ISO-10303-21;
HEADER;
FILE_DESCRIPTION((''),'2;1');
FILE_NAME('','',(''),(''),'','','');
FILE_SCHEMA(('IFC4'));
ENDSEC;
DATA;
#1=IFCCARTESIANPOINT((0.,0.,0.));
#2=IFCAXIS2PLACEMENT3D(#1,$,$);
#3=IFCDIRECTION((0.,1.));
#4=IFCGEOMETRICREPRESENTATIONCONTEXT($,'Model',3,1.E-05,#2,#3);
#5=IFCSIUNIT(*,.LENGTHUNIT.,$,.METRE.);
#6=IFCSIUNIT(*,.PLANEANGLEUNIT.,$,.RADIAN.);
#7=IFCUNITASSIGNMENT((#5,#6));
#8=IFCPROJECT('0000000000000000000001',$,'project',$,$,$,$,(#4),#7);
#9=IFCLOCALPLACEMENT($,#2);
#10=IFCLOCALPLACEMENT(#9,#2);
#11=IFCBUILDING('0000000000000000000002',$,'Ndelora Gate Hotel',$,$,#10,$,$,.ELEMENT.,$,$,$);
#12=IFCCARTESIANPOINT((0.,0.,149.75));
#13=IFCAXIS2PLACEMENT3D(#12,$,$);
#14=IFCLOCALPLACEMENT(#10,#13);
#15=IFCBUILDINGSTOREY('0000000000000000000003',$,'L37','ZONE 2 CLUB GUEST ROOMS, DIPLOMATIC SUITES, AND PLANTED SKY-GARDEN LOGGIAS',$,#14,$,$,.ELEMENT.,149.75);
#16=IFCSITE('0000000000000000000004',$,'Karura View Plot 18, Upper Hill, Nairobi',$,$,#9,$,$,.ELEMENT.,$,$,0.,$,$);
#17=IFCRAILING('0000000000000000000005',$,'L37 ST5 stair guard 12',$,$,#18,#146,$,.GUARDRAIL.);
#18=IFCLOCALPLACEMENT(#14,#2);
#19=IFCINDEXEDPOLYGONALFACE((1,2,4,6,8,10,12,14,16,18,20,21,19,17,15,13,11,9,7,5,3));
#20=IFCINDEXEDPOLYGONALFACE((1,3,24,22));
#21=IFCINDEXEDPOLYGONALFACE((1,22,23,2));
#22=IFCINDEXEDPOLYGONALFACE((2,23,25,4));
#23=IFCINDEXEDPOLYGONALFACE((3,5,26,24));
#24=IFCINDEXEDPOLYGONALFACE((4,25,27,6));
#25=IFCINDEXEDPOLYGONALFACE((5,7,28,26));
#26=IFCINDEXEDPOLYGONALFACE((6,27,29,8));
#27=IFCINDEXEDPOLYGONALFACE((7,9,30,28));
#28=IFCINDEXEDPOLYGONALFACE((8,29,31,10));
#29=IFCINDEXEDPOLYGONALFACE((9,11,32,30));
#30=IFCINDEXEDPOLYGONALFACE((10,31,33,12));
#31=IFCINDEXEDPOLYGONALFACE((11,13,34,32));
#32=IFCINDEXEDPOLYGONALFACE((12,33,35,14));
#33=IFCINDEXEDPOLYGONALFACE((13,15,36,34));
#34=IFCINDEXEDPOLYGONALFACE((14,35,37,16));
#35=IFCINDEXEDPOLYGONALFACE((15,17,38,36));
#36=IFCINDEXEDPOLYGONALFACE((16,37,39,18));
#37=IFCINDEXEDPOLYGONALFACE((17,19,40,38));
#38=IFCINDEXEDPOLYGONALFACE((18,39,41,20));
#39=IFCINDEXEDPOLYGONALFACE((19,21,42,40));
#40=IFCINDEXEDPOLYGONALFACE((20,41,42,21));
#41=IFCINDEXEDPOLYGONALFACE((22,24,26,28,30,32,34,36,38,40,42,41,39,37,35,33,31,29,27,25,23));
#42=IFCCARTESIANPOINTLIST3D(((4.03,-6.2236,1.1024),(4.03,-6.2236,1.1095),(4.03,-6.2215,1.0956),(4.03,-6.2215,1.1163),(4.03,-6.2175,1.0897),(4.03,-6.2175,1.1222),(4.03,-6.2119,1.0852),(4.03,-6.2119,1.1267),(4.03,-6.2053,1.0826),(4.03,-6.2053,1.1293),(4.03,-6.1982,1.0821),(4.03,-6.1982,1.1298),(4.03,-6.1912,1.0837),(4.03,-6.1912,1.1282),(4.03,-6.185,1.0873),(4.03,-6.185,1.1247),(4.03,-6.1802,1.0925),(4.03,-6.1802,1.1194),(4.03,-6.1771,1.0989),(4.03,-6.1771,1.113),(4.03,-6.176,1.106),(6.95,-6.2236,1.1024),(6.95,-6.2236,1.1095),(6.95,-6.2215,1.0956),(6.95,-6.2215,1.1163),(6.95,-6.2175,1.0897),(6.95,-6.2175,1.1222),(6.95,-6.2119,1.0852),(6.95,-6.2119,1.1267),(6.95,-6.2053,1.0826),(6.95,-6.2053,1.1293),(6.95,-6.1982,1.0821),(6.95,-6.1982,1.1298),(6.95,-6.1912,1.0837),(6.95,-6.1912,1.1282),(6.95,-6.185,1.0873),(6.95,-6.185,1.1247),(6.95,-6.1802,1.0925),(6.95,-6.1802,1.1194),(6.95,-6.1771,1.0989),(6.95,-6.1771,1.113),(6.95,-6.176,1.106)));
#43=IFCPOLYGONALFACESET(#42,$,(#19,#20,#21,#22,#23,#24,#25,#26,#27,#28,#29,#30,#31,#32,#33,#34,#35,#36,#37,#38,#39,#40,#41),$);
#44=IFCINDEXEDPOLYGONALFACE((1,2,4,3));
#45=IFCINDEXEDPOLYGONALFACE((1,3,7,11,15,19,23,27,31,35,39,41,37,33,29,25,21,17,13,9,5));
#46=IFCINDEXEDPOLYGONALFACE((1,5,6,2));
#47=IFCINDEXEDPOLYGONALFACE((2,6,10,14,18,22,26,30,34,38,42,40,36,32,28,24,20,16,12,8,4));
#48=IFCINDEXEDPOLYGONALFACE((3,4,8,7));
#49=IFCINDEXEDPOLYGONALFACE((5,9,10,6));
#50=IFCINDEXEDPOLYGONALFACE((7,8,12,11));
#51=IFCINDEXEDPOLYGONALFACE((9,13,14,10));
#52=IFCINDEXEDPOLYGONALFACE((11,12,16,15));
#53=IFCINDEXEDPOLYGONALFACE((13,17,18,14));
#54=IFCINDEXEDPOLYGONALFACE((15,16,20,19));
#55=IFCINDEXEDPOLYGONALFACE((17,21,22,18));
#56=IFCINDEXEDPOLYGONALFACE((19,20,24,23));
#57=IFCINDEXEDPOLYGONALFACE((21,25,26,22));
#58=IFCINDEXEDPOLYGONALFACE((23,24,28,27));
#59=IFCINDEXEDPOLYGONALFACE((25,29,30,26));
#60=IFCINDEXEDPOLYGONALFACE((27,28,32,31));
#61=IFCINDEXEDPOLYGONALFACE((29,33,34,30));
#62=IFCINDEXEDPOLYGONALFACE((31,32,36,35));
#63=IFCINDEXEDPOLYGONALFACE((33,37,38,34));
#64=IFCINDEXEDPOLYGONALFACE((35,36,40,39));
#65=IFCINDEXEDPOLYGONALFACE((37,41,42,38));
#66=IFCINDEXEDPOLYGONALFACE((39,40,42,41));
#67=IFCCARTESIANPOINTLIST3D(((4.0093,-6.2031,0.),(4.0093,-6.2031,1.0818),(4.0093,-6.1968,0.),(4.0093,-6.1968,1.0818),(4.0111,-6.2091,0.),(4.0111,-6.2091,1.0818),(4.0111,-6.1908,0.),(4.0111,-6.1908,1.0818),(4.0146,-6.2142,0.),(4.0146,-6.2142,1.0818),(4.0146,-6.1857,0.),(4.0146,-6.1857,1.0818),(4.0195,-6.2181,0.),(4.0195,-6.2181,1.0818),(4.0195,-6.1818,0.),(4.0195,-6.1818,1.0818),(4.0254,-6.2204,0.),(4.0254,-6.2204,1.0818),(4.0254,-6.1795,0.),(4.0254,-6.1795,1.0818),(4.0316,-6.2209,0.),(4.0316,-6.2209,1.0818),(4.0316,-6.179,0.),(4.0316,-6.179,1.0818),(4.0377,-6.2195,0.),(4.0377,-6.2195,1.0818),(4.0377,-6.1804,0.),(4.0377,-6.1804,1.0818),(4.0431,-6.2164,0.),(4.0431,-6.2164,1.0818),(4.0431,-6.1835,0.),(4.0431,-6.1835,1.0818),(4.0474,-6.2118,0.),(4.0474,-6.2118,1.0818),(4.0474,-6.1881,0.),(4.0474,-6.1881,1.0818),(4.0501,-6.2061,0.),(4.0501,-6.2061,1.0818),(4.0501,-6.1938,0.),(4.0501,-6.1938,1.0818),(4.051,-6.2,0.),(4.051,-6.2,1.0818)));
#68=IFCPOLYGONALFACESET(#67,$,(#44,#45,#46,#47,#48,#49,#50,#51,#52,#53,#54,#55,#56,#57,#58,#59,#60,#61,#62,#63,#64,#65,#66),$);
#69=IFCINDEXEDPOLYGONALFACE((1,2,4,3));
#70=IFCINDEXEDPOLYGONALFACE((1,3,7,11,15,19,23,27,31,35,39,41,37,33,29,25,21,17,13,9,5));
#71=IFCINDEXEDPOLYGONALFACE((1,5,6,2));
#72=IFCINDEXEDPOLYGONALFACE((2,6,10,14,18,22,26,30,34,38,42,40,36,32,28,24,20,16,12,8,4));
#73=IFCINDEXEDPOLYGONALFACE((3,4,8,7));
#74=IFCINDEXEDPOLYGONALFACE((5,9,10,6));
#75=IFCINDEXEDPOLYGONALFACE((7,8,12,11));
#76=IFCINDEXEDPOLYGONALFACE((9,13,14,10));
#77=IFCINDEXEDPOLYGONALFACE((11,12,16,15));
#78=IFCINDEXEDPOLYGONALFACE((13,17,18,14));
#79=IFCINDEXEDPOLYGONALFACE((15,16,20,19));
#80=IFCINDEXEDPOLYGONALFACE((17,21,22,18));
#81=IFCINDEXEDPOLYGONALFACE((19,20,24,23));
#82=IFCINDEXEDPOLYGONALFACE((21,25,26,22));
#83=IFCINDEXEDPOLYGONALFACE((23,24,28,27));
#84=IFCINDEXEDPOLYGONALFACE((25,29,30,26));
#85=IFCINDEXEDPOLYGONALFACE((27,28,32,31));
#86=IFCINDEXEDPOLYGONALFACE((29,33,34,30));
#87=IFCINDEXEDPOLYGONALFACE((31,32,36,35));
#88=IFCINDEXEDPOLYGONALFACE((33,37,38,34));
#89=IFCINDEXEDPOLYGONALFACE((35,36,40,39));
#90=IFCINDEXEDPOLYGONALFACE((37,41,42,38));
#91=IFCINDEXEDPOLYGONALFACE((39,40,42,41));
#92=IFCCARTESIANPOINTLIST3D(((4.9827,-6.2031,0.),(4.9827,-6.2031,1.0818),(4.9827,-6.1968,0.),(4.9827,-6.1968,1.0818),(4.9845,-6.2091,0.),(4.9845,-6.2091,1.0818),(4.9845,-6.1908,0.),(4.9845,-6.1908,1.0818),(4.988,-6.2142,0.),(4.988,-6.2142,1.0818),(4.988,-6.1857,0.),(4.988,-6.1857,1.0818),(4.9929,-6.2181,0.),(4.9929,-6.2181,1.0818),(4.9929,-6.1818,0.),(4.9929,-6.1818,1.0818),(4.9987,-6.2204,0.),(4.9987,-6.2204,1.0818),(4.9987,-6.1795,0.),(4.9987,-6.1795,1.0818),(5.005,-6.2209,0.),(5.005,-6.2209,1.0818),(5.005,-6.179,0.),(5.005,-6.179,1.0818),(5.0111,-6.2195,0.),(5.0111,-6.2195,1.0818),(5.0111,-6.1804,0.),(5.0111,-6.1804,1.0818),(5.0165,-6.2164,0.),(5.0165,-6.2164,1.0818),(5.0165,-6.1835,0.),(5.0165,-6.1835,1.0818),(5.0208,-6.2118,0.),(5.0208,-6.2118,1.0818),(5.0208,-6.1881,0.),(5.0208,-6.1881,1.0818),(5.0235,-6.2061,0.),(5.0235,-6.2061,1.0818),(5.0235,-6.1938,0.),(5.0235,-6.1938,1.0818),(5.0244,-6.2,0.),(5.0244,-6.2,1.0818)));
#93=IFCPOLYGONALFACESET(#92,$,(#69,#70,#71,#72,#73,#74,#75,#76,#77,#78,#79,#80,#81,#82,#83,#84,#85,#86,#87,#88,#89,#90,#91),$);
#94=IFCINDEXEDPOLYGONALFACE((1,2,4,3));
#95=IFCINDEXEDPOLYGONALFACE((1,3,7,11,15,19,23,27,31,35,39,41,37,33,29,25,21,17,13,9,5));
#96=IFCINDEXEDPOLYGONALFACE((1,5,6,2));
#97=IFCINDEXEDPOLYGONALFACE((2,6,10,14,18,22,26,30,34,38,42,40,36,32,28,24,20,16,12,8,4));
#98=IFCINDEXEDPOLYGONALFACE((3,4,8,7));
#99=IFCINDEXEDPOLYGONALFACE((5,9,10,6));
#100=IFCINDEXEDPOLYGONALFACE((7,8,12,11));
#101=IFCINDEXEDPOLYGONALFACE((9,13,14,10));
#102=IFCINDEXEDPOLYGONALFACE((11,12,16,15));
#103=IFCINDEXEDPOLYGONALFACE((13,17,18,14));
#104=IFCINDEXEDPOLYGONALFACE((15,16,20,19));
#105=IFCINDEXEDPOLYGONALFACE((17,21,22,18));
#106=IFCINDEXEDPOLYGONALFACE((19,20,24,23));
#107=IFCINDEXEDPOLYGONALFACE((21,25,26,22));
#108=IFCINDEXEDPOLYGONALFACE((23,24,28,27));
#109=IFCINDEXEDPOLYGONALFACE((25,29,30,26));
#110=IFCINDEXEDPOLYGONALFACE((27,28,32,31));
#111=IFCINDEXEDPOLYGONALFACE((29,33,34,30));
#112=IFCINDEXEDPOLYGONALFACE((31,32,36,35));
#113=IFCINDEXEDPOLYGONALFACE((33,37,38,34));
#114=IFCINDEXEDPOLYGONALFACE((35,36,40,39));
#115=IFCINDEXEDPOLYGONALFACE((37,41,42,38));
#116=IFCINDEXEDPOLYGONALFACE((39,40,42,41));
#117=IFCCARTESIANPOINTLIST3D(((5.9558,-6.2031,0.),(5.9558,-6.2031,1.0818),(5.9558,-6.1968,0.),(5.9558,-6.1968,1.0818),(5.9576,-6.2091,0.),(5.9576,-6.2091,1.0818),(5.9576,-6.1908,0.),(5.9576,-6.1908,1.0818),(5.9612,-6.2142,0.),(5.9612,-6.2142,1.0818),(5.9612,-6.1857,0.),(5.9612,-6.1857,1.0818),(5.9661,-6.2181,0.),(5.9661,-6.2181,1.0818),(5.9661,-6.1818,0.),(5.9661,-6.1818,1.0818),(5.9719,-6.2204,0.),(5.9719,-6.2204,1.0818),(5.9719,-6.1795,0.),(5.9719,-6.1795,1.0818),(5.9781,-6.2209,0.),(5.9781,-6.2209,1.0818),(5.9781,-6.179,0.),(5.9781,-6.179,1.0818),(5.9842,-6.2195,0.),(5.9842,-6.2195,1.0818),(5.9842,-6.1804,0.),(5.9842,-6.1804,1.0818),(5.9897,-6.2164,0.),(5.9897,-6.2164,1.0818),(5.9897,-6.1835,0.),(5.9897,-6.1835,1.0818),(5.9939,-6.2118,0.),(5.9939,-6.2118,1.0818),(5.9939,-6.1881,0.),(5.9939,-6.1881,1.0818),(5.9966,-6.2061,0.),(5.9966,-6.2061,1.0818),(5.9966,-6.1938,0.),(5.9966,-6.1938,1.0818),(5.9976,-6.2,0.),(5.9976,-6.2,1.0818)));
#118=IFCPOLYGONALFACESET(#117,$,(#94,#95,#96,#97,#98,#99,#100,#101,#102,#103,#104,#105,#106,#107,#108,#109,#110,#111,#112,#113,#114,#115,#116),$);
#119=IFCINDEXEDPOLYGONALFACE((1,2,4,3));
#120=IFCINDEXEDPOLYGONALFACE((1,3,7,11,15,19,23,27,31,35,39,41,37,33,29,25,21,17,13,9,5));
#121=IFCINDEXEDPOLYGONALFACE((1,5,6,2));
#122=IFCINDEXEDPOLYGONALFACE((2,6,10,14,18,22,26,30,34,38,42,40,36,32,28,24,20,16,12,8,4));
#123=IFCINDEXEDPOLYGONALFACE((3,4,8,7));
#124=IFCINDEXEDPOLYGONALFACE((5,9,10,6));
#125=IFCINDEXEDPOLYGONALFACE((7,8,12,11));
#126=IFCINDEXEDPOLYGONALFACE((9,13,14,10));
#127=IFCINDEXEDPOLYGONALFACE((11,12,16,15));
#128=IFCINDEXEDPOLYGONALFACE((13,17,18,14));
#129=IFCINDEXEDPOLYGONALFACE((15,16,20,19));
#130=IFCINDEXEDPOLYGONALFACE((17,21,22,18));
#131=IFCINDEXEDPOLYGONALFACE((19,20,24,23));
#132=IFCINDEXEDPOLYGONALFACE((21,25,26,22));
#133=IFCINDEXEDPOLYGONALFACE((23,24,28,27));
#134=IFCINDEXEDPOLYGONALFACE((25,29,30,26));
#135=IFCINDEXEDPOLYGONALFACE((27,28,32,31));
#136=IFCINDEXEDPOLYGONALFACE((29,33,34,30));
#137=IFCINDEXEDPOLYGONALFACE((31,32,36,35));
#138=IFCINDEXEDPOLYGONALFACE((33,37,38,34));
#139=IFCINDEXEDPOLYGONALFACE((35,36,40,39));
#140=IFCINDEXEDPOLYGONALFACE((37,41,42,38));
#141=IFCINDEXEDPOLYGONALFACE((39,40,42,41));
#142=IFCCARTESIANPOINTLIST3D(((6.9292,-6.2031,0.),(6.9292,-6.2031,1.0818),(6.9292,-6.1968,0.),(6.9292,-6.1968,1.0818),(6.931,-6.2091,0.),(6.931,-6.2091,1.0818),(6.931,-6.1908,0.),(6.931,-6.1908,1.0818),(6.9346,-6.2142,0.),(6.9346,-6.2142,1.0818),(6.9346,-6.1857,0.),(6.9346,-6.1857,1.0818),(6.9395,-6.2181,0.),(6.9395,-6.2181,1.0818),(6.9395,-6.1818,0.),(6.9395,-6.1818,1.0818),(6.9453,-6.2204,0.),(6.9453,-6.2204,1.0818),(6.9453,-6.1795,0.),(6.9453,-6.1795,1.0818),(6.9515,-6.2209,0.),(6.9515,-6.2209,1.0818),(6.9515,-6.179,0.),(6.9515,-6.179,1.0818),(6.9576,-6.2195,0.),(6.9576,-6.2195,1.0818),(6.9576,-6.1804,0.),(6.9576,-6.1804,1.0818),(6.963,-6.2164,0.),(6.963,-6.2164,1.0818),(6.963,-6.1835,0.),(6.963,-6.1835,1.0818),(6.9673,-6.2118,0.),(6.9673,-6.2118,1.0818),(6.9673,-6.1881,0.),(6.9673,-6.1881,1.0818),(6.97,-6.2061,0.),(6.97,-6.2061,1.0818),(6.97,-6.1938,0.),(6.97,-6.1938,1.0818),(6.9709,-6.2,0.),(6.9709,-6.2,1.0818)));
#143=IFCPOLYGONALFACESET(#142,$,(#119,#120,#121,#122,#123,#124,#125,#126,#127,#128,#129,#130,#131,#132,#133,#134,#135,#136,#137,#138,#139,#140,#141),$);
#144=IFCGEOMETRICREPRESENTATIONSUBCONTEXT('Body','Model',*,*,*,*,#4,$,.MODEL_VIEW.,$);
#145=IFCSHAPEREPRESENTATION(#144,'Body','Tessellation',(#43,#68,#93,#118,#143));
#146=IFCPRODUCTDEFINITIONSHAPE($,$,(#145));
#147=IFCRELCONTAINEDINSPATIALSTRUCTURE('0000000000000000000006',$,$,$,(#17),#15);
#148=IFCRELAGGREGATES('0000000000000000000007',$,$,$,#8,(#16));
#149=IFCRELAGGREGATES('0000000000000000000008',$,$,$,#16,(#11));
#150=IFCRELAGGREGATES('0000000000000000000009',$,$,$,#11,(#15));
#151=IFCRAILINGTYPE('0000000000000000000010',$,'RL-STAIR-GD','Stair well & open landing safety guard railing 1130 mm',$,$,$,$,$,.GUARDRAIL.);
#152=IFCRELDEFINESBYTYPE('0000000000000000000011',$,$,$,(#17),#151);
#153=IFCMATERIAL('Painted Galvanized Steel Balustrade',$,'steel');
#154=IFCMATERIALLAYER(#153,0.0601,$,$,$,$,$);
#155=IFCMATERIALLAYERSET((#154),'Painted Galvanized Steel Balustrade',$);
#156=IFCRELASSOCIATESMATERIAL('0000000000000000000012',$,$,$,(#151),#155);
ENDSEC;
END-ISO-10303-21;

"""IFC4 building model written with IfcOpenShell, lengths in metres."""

from ifc_helpers import new_model, si_unit, direction, frame, origin, origin_2d, place, context, subcontext, project, spatial, circle, extrude, material, layer, layer_set, type_object, element, save


model = new_model("IFC4")

# Units and contexts
model_context = context("Model", 3, precision=1e-05, world=origin(), true_north=direction((0.0, 1.0)))
body_context = subcontext(model_context, "Body", "Model", "MODEL_VIEW")
ifc_project = project(units=[si_unit("LENGTHUNIT", "METRE"), si_unit("PLANEANGLEUNIT", "RADIAN")], contexts=[model_context])

# Site, building, storey
site_placement = place(None, origin())
site = spatial("IfcSite", under=ifc_project, at=site_placement, Name="Karura View Plot 18, Upper Hill, Nairobi", CompositionType="ELEMENT", RefElevation=0.0)
building_placement = place(site_placement, origin())
building = spatial("IfcBuilding", under=site, at=building_placement, Name="Ndelora Gate Hotel", CompositionType="ELEMENT")
storey_placement = place(building_placement, frame((0.0, 0.0, 149.75)))
storey = spatial("IfcBuildingStorey", under=building, at=storey_placement, Name="L37", Description="ZONE 2 CLUB GUEST ROOMS, DIPLOMATIC SUITES, AND PLANTED SKY-GARDEN LOGGIAS", CompositionType="ELEMENT", Elevation=149.75)

# Railing
ifc_material_1 = material(Name="Painted Galvanized Steel Balustrade", Category="steel")
ifc_layer_1 = layer(ifc_material_1, 0.0601)
ifc_layer_set_1 = layer_set([ifc_layer_1], Name="Painted Galvanized Steel Balustrade")
railing_type_1 = type_object("IfcRailingType", Name="RL-STAIR-GD", Description="Stair well & open landing safety guard railing 1130 mm", PredefinedType="GUARDRAIL", material=ifc_layer_set_1)
railing_1_placement = place(storey_placement, frame((4.03, -6.2, 0.0)))
element("IfcRailing", 1, at=railing_1_placement, inside=storey, type_object=railing_type_1, Name="L37 ST5 stair guard 12", PredefinedType="GUARDRAIL", context=body_context, shape_type="SweptSolid", body=[
    extrude(circle(Radius=0.0239, at=origin_2d()), frame((0.0, 0.0, 1.106), z_axis=(1.0, 0.0, 0.0), x_axis=(0.0, 1.0, 0.0)), (0.0, 0.0, 1.0), 2.9199),
    extrude(circle(Radius=0.021, at=origin_2d()), origin(), (0.0, 0.0, 1.0), 1.0818),
    extrude(circle(Radius=0.021, at=origin_2d()), frame((0.9734, 0.0, 0.0)), (0.0, 0.0, 1.0), 1.0818),
    extrude(circle(Radius=0.021, at=origin_2d()), frame((1.9465, 0.0, 0.0)), (0.0, 0.0, 1.0), 1.0818),
    extrude(circle(Radius=0.021, at=origin_2d()), frame((2.9199, 0.0, 0.0)), (0.0, 0.0, 1.0), 1.0818),
])

save(model, "model.ifc")
